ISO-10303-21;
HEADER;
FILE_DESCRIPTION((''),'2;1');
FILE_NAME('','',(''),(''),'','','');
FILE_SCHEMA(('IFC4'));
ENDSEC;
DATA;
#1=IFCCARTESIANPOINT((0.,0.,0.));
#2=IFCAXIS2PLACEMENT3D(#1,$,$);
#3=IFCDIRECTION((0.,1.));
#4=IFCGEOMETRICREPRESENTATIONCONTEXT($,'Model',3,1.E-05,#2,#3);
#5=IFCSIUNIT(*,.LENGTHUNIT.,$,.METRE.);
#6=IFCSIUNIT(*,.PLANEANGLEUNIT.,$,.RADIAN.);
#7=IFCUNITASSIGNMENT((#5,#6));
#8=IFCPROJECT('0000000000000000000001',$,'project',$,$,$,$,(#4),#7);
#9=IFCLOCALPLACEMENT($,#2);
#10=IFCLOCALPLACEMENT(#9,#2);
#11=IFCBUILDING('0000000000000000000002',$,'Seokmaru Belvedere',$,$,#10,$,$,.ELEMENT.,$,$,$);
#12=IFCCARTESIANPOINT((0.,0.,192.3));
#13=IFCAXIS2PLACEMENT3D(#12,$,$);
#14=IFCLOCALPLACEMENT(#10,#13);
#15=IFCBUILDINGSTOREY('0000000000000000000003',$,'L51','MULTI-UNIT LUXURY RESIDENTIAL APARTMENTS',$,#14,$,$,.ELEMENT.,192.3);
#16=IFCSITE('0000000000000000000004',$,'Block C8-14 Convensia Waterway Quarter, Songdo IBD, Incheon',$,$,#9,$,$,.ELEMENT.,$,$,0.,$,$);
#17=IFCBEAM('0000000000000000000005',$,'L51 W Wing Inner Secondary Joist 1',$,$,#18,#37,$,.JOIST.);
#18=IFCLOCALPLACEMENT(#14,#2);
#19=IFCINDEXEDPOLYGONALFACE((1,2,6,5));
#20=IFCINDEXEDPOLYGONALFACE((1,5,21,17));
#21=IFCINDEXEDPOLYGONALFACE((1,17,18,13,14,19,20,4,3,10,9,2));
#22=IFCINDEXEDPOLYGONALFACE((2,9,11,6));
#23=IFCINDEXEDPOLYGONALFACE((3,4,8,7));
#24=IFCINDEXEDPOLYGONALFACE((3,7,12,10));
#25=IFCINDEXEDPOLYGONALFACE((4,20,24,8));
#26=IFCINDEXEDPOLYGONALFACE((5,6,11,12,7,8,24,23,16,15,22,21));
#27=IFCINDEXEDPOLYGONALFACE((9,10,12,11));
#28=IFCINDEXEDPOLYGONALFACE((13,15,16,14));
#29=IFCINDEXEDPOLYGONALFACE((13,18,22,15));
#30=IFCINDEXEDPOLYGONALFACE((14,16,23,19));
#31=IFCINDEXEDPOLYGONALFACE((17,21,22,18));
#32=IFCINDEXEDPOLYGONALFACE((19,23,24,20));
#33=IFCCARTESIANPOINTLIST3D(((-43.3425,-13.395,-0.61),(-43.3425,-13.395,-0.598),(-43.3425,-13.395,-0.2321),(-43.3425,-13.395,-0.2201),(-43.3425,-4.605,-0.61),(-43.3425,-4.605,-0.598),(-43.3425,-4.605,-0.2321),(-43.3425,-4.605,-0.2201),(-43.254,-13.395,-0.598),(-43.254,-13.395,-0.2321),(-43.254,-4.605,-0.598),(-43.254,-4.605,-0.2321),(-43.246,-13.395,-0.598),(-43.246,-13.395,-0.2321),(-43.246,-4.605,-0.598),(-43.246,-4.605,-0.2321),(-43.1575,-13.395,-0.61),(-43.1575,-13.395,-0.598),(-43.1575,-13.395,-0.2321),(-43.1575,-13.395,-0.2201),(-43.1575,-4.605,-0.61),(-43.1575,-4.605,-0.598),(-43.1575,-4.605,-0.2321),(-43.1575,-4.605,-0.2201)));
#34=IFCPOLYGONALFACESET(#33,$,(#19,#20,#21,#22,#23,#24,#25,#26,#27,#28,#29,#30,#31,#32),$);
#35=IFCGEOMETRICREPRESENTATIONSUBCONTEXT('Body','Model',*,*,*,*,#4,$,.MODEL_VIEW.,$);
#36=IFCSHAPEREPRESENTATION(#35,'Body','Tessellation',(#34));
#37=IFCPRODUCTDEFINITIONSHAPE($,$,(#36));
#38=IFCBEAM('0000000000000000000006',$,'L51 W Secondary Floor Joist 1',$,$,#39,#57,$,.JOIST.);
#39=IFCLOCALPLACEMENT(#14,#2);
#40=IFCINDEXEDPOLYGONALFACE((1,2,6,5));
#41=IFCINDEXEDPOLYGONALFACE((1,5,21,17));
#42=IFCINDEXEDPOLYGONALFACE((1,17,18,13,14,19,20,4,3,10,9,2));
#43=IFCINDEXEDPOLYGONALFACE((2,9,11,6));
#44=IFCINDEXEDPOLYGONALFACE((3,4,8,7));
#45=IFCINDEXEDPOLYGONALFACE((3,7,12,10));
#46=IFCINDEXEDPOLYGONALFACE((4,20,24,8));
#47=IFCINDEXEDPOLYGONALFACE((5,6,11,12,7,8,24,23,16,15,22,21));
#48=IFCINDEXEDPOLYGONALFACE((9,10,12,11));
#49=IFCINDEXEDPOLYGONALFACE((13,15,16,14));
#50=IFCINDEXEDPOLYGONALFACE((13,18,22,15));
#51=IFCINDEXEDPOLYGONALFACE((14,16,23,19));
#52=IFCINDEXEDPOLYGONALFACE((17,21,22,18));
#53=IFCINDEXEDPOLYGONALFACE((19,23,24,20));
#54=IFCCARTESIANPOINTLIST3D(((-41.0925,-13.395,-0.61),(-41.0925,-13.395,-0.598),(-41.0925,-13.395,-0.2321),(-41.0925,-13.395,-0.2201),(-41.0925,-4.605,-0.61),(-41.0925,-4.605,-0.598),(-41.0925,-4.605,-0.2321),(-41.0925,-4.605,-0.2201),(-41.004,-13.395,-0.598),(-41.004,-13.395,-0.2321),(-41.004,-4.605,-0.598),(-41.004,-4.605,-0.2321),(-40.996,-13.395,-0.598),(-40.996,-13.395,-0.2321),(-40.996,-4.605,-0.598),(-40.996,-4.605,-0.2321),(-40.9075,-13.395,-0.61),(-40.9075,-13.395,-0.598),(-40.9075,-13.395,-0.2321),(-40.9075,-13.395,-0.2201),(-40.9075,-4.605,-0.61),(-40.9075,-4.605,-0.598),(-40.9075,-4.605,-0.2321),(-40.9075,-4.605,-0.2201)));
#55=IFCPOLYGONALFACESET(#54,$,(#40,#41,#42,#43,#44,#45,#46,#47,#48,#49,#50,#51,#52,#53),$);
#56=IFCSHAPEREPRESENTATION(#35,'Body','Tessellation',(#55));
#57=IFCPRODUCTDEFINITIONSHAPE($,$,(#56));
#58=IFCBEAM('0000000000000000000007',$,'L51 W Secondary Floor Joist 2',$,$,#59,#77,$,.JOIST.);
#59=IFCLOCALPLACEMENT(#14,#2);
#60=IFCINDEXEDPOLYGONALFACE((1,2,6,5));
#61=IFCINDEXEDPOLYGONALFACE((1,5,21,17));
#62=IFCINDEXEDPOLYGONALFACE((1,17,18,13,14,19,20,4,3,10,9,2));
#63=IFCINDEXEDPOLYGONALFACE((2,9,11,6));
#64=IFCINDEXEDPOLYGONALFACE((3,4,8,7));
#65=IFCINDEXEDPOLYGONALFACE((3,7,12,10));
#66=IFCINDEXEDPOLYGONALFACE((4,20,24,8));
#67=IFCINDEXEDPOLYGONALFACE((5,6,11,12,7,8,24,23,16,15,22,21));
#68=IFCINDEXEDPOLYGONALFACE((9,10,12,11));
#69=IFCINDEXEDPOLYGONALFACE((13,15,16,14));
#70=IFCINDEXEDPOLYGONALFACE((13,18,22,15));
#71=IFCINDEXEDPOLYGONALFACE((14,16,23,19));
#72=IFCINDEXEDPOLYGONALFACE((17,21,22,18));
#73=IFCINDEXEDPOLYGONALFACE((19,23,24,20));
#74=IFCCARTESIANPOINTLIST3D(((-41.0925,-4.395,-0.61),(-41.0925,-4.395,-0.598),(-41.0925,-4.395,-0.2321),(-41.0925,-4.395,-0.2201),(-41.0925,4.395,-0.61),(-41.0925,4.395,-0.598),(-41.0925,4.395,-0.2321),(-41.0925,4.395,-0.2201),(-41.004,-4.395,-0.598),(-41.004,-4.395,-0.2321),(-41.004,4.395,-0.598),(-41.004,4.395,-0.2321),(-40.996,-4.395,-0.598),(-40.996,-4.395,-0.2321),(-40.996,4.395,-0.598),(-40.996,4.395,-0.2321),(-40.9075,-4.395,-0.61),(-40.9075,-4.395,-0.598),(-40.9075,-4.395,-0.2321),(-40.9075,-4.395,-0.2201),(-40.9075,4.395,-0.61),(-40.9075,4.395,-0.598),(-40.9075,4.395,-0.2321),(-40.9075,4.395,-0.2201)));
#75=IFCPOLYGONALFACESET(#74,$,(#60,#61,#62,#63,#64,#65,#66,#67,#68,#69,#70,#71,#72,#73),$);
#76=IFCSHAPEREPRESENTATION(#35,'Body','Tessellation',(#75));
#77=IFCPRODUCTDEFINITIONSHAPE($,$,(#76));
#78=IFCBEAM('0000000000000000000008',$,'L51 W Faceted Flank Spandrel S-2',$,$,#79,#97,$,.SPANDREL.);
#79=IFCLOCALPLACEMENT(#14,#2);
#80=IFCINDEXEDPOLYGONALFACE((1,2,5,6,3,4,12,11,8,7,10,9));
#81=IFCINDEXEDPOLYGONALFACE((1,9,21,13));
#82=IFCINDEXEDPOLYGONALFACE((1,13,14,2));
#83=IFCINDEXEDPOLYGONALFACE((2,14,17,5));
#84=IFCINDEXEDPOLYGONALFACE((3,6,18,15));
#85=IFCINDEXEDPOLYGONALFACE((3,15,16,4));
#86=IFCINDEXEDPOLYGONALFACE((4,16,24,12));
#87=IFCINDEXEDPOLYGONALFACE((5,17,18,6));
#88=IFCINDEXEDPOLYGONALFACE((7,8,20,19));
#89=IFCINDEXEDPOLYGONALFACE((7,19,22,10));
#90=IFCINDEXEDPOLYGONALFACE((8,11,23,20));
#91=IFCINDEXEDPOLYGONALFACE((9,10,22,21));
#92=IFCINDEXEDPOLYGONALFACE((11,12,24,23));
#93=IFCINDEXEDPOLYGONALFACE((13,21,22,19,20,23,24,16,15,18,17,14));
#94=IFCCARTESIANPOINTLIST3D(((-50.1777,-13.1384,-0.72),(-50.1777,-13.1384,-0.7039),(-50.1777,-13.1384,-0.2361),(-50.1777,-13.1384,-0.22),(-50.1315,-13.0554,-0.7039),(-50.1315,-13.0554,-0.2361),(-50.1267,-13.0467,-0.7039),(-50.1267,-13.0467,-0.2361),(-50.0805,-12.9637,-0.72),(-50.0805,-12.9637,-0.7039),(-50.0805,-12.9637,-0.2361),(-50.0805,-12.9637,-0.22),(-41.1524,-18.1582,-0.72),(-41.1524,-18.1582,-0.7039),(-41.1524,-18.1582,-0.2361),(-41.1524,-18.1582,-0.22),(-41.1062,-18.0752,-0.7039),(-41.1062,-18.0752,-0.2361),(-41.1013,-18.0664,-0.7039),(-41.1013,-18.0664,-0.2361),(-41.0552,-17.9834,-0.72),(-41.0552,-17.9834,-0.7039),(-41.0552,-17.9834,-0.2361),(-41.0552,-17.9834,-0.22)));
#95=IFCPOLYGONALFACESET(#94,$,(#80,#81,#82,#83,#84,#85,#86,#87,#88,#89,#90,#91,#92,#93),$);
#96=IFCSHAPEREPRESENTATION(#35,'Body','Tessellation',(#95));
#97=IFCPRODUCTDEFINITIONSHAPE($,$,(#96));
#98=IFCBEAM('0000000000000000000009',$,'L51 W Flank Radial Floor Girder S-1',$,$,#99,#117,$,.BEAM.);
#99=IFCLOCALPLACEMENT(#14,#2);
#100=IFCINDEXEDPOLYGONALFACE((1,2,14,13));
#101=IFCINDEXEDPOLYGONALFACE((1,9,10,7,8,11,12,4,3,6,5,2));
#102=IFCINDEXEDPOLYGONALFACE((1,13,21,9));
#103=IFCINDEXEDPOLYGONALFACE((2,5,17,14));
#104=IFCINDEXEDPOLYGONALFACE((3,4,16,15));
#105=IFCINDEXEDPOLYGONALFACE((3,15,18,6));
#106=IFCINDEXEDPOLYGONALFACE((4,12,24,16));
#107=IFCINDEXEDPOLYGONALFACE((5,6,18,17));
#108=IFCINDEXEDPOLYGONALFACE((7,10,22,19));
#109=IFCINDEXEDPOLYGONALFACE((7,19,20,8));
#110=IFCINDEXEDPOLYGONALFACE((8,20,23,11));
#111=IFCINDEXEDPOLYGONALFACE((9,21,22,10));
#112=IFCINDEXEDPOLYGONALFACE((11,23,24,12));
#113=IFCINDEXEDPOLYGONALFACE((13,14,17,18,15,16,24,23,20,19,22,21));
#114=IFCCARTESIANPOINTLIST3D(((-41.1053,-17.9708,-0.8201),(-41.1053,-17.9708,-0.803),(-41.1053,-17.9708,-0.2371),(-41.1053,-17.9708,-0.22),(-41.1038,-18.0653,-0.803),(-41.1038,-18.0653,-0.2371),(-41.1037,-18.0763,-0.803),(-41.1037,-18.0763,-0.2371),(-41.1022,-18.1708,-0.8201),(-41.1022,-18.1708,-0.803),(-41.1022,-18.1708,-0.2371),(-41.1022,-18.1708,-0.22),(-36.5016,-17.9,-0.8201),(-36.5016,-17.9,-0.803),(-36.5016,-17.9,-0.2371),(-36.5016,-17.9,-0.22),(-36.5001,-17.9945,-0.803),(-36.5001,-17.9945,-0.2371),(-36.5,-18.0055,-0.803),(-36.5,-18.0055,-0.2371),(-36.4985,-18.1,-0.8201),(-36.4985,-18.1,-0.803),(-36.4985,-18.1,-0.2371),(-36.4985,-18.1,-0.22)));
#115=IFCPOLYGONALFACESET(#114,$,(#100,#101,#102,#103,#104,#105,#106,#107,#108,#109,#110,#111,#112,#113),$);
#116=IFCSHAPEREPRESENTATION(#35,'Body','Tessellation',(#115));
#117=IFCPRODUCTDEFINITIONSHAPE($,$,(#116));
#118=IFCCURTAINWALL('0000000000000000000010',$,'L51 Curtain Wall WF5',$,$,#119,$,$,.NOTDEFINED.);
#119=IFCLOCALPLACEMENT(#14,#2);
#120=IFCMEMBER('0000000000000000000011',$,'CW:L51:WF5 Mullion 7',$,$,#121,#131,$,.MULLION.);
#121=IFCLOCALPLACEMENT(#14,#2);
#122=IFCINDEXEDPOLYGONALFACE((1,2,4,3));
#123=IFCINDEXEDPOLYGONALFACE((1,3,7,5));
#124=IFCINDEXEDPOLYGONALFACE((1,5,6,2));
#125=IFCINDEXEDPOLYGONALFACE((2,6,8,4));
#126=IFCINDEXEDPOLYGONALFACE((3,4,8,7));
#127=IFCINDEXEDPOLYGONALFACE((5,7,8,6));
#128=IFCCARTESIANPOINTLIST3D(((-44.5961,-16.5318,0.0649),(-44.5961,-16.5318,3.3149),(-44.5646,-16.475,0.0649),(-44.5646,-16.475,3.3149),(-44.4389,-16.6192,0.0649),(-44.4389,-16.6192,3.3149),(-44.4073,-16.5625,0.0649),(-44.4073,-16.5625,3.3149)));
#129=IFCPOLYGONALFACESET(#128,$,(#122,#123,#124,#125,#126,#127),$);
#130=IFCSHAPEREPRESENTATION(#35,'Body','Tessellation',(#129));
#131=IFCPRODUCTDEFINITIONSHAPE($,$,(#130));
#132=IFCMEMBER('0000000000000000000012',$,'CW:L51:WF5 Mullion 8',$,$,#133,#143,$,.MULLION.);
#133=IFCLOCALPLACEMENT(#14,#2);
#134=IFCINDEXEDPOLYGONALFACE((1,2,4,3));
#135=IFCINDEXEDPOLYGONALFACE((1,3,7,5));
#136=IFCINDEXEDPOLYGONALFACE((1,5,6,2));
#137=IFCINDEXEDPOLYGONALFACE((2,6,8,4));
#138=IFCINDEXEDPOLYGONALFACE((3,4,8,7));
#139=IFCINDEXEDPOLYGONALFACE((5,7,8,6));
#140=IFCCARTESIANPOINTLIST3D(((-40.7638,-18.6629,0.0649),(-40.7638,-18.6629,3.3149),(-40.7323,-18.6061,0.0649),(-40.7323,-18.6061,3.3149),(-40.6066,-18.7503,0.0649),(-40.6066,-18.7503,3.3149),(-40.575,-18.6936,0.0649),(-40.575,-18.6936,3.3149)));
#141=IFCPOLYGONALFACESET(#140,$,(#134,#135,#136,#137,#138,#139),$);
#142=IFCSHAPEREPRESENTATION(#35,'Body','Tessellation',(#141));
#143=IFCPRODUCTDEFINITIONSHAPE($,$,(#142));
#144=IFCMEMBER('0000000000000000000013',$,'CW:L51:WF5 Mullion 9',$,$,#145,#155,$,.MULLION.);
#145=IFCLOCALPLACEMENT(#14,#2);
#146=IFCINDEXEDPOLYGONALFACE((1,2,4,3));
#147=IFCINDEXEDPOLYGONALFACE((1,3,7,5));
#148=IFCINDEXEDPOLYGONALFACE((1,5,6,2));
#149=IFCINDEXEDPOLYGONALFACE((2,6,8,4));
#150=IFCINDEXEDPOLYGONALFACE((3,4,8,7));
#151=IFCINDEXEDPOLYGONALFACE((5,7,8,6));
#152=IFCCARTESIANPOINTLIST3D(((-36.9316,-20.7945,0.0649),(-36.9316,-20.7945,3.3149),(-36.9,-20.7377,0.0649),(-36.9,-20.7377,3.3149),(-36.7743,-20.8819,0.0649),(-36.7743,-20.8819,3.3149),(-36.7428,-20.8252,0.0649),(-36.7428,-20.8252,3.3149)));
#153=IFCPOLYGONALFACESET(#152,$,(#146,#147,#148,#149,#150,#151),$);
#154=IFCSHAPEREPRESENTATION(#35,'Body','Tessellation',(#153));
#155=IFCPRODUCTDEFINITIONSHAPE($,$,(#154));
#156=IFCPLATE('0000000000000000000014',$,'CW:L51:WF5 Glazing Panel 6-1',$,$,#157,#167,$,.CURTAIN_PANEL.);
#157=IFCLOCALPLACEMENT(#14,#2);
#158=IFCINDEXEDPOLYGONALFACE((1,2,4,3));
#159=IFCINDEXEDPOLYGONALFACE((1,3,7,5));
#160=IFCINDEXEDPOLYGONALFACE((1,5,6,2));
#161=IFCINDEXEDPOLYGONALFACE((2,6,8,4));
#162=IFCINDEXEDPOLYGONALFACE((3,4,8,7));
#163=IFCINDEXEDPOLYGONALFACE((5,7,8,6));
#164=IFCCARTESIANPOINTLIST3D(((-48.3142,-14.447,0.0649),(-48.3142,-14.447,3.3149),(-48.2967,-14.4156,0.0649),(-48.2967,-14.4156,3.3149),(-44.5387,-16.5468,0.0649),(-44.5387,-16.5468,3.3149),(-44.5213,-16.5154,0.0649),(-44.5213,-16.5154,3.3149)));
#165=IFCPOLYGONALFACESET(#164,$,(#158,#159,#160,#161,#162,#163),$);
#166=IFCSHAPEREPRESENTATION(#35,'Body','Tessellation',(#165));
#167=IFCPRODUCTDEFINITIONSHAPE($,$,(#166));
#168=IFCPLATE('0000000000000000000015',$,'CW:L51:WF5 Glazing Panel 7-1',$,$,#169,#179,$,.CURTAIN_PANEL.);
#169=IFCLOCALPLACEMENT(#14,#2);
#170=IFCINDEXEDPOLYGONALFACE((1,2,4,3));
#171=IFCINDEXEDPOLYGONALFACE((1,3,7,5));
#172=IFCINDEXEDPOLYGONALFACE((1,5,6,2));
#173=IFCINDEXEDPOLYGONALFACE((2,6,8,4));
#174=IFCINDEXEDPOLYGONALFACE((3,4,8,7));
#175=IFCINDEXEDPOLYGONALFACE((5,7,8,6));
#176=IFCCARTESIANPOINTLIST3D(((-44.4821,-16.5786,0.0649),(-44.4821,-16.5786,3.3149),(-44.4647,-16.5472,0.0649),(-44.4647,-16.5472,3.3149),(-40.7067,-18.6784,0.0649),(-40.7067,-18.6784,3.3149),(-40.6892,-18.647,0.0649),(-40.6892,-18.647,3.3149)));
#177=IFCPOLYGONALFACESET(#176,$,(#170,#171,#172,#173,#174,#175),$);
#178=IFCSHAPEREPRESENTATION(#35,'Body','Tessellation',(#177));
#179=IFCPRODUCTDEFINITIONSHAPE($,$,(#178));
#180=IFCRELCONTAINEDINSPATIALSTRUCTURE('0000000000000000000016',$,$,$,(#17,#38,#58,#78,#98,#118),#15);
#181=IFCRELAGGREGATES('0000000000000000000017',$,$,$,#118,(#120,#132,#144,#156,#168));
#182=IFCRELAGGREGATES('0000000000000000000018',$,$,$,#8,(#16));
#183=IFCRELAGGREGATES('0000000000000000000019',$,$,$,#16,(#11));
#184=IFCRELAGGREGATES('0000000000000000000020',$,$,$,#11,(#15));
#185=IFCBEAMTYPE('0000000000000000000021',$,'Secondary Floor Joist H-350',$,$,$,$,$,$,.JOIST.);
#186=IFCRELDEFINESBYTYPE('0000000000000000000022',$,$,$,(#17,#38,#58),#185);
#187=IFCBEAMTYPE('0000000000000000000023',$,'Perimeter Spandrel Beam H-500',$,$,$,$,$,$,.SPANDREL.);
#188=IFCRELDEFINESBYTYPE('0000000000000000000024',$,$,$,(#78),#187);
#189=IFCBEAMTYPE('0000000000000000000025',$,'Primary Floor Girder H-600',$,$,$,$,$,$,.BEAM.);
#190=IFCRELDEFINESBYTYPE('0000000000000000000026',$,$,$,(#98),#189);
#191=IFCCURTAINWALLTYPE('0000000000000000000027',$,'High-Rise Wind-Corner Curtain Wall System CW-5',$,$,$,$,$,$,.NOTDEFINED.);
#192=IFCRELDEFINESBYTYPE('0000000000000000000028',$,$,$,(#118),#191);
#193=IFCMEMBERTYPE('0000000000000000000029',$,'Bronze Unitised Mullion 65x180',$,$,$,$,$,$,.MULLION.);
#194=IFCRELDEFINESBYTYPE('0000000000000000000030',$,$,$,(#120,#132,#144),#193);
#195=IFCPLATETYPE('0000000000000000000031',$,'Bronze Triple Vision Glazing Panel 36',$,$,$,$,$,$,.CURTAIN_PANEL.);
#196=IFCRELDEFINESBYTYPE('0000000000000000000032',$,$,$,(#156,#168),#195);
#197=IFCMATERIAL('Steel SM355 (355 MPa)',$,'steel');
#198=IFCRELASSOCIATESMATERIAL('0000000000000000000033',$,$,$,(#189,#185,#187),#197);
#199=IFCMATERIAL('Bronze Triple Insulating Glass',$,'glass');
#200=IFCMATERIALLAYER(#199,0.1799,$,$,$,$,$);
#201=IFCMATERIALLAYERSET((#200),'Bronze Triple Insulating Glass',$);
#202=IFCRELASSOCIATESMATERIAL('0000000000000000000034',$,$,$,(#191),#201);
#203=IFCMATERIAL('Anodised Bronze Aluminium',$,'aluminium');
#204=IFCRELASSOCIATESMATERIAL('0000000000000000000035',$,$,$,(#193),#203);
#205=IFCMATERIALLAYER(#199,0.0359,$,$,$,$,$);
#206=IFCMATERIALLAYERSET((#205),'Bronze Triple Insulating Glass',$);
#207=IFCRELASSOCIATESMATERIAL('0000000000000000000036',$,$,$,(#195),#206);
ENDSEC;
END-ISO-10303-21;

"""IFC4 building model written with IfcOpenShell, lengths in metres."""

from ifc_helpers import new_model, si_unit, direction, frame, origin, origin_2d, place, context, subcontext, project, spatial, rectangle, i_section, extrude, source, transform, mapped, material, layer, layer_set, material_profile, profile_set, type_object, type_shapes, element, aggregate, save


model = new_model("IFC4")

# Units and contexts
model_context = context("Model", 3, precision=1e-05, world=origin(), true_north=direction((0.0, 1.0)))
body_context = subcontext(model_context, "Body", "Model", "MODEL_VIEW")
ifc_project = project(units=[si_unit("LENGTHUNIT", "METRE"), si_unit("PLANEANGLEUNIT", "RADIAN")], contexts=[model_context])

# Site, building, storey
site_placement = place(None, origin())
site = spatial("IfcSite", under=ifc_project, at=site_placement, Name="Block C8-14 Convensia Waterway Quarter, Songdo IBD, Incheon", CompositionType="ELEMENT", RefElevation=0.0)
building_placement = place(site_placement, origin())
building = spatial("IfcBuilding", under=site, at=building_placement, Name="Seokmaru Belvedere", CompositionType="ELEMENT")
storey_placement = place(building_placement, frame((0.0, 0.0, 192.3)))
storey = spatial("IfcBuildingStorey", under=building, at=storey_placement, Name="L51", Description="MULTI-UNIT LUXURY RESIDENTIAL APARTMENTS", CompositionType="ELEMENT", Elevation=192.3)

# Shared definitions
ifc_material_1 = material(Name="Steel SM355 (355 MPa)", Category="steel")

# Beams
ifc_material_profile_1 = material_profile(ifc_material_1, i_section(OverallWidth=0.2, OverallDepth=0.6001, WebThickness=0.011, FlangeThickness=0.0171, at=origin_2d()), Name="H-600x200x11x17")
ifc_profile_set_1 = profile_set([ifc_material_profile_1], Name="Steel SM355 (355 MPa)")
beam_type_1 = type_object("IfcBeamType", Name="Primary Floor Girder H-600", PredefinedType="BEAM", material=ifc_profile_set_1)
ifc_material_profile_2 = material_profile(ifc_material_1, i_section(OverallWidth=0.1851, OverallDepth=0.3899, WebThickness=0.0081, FlangeThickness=0.012, at=origin_2d()), Name="H-390x185x8x12")
ifc_profile_set_2 = profile_set([ifc_material_profile_2], Name="Steel SM355 (355 MPa)")
beam_type_2 = type_object("IfcBeamType", Name="Secondary Floor Joist H-350", PredefinedType="JOIST", material=ifc_profile_set_2)
shared_shape_1 = source(origin(), body_context, "Body", "SweptSolid", [
    extrude(i_section(OverallWidth=0.1851, OverallDepth=0.3899, WebThickness=0.0081, FlangeThickness=0.012, at=origin_2d()), origin(), (0.0, 0.0, 1.0), 8.79),
])
type_shapes(beam_type_2, [shared_shape_1])
for number, where, z_axis, x_axis, name in (
    (1, (-43.25, -13.395, -0.415), (0.0, 1.0, 0.0), (-1.0, 0.0, 0.0), "L51 W Wing Inner Secondary Joist 1"),
    (2, (-41.0, -13.395, -0.415), (0.0, 1.0, 0.0), (-1.0, 0.0, 0.0), "L51 W Secondary Floor Joist 1"),
    (3, (-41.0, -4.395, -0.415), (0.0, 1.0, 0.0), (-1.0, 0.0, 0.0), "L51 W Secondary Floor Joist 2"),
):
    element("IfcBeam", number, at=place(storey_placement, frame(where, z_axis=z_axis, x_axis=x_axis)), inside=storey, type_object=beam_type_2, Name=name, PredefinedType="JOIST", context=body_context, shape_type="MappedRepresentation", body=[
        mapped(shared_shape_1, transform((0.0, 0.0, 0.0), scale=1.0)),
    ])
ifc_material_profile_3 = material_profile(ifc_material_1, i_section(OverallWidth=0.2, OverallDepth=0.5, WebThickness=0.01, FlangeThickness=0.0161, at=origin_2d()), Name="H-500x200x10x16")
ifc_profile_set_3 = profile_set([ifc_material_profile_3], Name="Steel SM355 (355 MPa)")
beam_type_3 = type_object("IfcBeamType", Name="Perimeter Spandrel Beam H-500", PredefinedType="SPANDREL", material=ifc_profile_set_3)
shared_shape_2 = source(origin(), body_context, "Body", "SweptSolid", [
    extrude(i_section(OverallWidth=0.2, OverallDepth=0.5, WebThickness=0.01, FlangeThickness=0.0161, at=origin_2d()), origin(), (0.0, 0.0, 1.0), 10.3274),
])
type_shapes(beam_type_3, [shared_shape_2])
beam_1_placement = place(storey_placement, frame((-41.1038, -18.0708, -0.47), z_axis=(-0.873924, 0.486062, 0.0), x_axis=(-0.486062, -0.873924, 0.0)))
element("IfcBeam", 4, at=beam_1_placement, inside=storey, type_object=beam_type_3, Name="L51 W Faceted Flank Spandrel S-2", PredefinedType="SPANDREL", context=body_context, shape_type="MappedRepresentation", body=[
    mapped(shared_shape_2, transform((0.0, 0.0, 0.0), scale=1.0)),
])
shared_shape_3 = source(origin(), body_context, "Body", "SweptSolid", [
    extrude(i_section(OverallWidth=0.2, OverallDepth=0.6001, WebThickness=0.011, FlangeThickness=0.0171, at=origin_2d()), origin(), (0.0, 0.0, 1.0), 4.6042),
])
beam_2_placement = place(storey_placement, frame((-41.1038, -18.0708, -0.52), z_axis=(0.999882, 0.015377, 0.0), x_axis=(-0.015377, 0.999882, 0.0)))
element("IfcBeam", 5, at=beam_2_placement, inside=storey, type_object=beam_type_1, Name="L51 W Flank Radial Floor Girder S-1", PredefinedType="BEAM", context=body_context, shape_type="MappedRepresentation", body=[
    mapped(shared_shape_3, transform((0.0, 0.0, 0.0), scale=1.0)),
])

# Curtain wall, members, plates
ifc_material_2 = material(Name="Bronze Triple Insulating Glass", Category="glass")
ifc_layer_1 = layer(ifc_material_2, 0.1799)
ifc_layer_set_1 = layer_set([ifc_layer_1], Name="Bronze Triple Insulating Glass")
curtain_wall_type = type_object("IfcCurtainWallType", Name="High-Rise Wind-Corner Curtain Wall System CW-5", PredefinedType="NOTDEFINED", material=ifc_layer_set_1)
curtain_wall_placement = place(storey_placement, origin())
curtain_wall = element("IfcCurtainWall", 6, at=curtain_wall_placement, inside=storey, type_object=curtain_wall_type, Name="L51 Curtain Wall WF5", PredefinedType="NOTDEFINED")
ifc_material_3 = material(Name="Anodised Bronze Aluminium", Category="aluminium")
ifc_material_profile_4 = material_profile(ifc_material_3, rectangle(XDim=0.0649, YDim=0.1799, at=origin_2d()), Name="CW-M-65x180")
ifc_profile_set_4 = profile_set([ifc_material_profile_4], Name="Anodised Bronze Aluminium")
member_type = type_object("IfcMemberType", Name="Bronze Unitised Mullion 65x180", PredefinedType="MULLION", material=ifc_profile_set_4)
shared_shape_4 = source(origin(), body_context, "Body", "SweptSolid", [
    extrude(rectangle(XDim=0.0649, YDim=0.1799, at=origin_2d()), origin(), (0.0, 0.0, 1.0), 3.25),
])
type_shapes(member_type, [shared_shape_4])
member_1_placement = place(storey_placement, frame((-44.5017, -16.5471, 0.0649), z_axis=(0.0, 0.0, 1.0), x_axis=(0.486047, 0.873933, 0.0)))
member_1 = element("IfcMember", 7, at=member_1_placement, type_object=member_type, Name="CW:L51:WF5 Mullion 7", PredefinedType="MULLION", context=body_context, shape_type="MappedRepresentation", body=[
    mapped(shared_shape_4, transform((0.0, 0.0, 0.0), scale=1.0)),
])
member_2_placement = place(storey_placement, frame((-40.6694, -18.6782, 0.0649), z_axis=(0.0, 0.0, 1.0), x_axis=(0.486047, 0.873933, 0.0)))
member_2 = element("IfcMember", 8, at=member_2_placement, type_object=member_type, Name="CW:L51:WF5 Mullion 8", PredefinedType="MULLION", context=body_context, shape_type="MappedRepresentation", body=[
    mapped(shared_shape_4, transform((0.0, 0.0, 0.0), scale=1.0)),
])
member_3_placement = place(storey_placement, frame((-36.8372, -20.8098, 0.0649), z_axis=(0.0, 0.0, 1.0), x_axis=(0.486047, 0.873933, 0.0)))
member_3 = element("IfcMember", 9, at=member_3_placement, type_object=member_type, Name="CW:L51:WF5 Mullion 9", PredefinedType="MULLION", context=body_context, shape_type="MappedRepresentation", body=[
    mapped(shared_shape_4, transform((0.0, 0.0, 0.0), scale=1.0)),
])
ifc_layer_2 = layer(ifc_material_2, 0.0359)
ifc_layer_set_2 = layer_set([ifc_layer_2], Name="Bronze Triple Insulating Glass")
plate_type = type_object("IfcPlateType", Name="Bronze Triple Vision Glazing Panel 36", PredefinedType="CURTAIN_PANEL", material=ifc_layer_set_2)
shared_shape_5 = source(origin(), body_context, "Body", "SweptSolid", [
    extrude(rectangle(XDim=4.3201, YDim=0.0359, at=origin_2d()), origin(), (0.0, 0.0, 1.0), 3.25),
])
type_shapes(plate_type, [shared_shape_5])
plate_1_placement = place(storey_placement, frame((-46.4177, -15.4812, 0.0649), z_axis=(0.0, 0.0, 1.0), x_axis=(0.873933, -0.486047, 0.0)))
plate_1 = element("IfcPlate", 10, at=plate_1_placement, type_object=plate_type, Name="CW:L51:WF5 Glazing Panel 6-1", PredefinedType="CURTAIN_PANEL", context=body_context, shape_type="MappedRepresentation", body=[
    mapped(shared_shape_5, transform((0.0, 0.0, 0.0), scale=1.0)),
])
plate_2_placement = place(storey_placement, frame((-42.5857, -17.6128, 0.0649), z_axis=(0.0, 0.0, 1.0), x_axis=(0.873933, -0.486047, 0.0)))
plate_2 = element("IfcPlate", 11, at=plate_2_placement, type_object=plate_type, Name="CW:L51:WF5 Glazing Panel 7-1", PredefinedType="CURTAIN_PANEL", context=body_context, shape_type="MappedRepresentation", body=[
    mapped(shared_shape_5, transform((0.0, 0.0, 0.0), scale=1.0)),
])
aggregate(curtain_wall, [member_1, member_2, member_3, plate_1, plate_2])

save(model, "model.ifc")
